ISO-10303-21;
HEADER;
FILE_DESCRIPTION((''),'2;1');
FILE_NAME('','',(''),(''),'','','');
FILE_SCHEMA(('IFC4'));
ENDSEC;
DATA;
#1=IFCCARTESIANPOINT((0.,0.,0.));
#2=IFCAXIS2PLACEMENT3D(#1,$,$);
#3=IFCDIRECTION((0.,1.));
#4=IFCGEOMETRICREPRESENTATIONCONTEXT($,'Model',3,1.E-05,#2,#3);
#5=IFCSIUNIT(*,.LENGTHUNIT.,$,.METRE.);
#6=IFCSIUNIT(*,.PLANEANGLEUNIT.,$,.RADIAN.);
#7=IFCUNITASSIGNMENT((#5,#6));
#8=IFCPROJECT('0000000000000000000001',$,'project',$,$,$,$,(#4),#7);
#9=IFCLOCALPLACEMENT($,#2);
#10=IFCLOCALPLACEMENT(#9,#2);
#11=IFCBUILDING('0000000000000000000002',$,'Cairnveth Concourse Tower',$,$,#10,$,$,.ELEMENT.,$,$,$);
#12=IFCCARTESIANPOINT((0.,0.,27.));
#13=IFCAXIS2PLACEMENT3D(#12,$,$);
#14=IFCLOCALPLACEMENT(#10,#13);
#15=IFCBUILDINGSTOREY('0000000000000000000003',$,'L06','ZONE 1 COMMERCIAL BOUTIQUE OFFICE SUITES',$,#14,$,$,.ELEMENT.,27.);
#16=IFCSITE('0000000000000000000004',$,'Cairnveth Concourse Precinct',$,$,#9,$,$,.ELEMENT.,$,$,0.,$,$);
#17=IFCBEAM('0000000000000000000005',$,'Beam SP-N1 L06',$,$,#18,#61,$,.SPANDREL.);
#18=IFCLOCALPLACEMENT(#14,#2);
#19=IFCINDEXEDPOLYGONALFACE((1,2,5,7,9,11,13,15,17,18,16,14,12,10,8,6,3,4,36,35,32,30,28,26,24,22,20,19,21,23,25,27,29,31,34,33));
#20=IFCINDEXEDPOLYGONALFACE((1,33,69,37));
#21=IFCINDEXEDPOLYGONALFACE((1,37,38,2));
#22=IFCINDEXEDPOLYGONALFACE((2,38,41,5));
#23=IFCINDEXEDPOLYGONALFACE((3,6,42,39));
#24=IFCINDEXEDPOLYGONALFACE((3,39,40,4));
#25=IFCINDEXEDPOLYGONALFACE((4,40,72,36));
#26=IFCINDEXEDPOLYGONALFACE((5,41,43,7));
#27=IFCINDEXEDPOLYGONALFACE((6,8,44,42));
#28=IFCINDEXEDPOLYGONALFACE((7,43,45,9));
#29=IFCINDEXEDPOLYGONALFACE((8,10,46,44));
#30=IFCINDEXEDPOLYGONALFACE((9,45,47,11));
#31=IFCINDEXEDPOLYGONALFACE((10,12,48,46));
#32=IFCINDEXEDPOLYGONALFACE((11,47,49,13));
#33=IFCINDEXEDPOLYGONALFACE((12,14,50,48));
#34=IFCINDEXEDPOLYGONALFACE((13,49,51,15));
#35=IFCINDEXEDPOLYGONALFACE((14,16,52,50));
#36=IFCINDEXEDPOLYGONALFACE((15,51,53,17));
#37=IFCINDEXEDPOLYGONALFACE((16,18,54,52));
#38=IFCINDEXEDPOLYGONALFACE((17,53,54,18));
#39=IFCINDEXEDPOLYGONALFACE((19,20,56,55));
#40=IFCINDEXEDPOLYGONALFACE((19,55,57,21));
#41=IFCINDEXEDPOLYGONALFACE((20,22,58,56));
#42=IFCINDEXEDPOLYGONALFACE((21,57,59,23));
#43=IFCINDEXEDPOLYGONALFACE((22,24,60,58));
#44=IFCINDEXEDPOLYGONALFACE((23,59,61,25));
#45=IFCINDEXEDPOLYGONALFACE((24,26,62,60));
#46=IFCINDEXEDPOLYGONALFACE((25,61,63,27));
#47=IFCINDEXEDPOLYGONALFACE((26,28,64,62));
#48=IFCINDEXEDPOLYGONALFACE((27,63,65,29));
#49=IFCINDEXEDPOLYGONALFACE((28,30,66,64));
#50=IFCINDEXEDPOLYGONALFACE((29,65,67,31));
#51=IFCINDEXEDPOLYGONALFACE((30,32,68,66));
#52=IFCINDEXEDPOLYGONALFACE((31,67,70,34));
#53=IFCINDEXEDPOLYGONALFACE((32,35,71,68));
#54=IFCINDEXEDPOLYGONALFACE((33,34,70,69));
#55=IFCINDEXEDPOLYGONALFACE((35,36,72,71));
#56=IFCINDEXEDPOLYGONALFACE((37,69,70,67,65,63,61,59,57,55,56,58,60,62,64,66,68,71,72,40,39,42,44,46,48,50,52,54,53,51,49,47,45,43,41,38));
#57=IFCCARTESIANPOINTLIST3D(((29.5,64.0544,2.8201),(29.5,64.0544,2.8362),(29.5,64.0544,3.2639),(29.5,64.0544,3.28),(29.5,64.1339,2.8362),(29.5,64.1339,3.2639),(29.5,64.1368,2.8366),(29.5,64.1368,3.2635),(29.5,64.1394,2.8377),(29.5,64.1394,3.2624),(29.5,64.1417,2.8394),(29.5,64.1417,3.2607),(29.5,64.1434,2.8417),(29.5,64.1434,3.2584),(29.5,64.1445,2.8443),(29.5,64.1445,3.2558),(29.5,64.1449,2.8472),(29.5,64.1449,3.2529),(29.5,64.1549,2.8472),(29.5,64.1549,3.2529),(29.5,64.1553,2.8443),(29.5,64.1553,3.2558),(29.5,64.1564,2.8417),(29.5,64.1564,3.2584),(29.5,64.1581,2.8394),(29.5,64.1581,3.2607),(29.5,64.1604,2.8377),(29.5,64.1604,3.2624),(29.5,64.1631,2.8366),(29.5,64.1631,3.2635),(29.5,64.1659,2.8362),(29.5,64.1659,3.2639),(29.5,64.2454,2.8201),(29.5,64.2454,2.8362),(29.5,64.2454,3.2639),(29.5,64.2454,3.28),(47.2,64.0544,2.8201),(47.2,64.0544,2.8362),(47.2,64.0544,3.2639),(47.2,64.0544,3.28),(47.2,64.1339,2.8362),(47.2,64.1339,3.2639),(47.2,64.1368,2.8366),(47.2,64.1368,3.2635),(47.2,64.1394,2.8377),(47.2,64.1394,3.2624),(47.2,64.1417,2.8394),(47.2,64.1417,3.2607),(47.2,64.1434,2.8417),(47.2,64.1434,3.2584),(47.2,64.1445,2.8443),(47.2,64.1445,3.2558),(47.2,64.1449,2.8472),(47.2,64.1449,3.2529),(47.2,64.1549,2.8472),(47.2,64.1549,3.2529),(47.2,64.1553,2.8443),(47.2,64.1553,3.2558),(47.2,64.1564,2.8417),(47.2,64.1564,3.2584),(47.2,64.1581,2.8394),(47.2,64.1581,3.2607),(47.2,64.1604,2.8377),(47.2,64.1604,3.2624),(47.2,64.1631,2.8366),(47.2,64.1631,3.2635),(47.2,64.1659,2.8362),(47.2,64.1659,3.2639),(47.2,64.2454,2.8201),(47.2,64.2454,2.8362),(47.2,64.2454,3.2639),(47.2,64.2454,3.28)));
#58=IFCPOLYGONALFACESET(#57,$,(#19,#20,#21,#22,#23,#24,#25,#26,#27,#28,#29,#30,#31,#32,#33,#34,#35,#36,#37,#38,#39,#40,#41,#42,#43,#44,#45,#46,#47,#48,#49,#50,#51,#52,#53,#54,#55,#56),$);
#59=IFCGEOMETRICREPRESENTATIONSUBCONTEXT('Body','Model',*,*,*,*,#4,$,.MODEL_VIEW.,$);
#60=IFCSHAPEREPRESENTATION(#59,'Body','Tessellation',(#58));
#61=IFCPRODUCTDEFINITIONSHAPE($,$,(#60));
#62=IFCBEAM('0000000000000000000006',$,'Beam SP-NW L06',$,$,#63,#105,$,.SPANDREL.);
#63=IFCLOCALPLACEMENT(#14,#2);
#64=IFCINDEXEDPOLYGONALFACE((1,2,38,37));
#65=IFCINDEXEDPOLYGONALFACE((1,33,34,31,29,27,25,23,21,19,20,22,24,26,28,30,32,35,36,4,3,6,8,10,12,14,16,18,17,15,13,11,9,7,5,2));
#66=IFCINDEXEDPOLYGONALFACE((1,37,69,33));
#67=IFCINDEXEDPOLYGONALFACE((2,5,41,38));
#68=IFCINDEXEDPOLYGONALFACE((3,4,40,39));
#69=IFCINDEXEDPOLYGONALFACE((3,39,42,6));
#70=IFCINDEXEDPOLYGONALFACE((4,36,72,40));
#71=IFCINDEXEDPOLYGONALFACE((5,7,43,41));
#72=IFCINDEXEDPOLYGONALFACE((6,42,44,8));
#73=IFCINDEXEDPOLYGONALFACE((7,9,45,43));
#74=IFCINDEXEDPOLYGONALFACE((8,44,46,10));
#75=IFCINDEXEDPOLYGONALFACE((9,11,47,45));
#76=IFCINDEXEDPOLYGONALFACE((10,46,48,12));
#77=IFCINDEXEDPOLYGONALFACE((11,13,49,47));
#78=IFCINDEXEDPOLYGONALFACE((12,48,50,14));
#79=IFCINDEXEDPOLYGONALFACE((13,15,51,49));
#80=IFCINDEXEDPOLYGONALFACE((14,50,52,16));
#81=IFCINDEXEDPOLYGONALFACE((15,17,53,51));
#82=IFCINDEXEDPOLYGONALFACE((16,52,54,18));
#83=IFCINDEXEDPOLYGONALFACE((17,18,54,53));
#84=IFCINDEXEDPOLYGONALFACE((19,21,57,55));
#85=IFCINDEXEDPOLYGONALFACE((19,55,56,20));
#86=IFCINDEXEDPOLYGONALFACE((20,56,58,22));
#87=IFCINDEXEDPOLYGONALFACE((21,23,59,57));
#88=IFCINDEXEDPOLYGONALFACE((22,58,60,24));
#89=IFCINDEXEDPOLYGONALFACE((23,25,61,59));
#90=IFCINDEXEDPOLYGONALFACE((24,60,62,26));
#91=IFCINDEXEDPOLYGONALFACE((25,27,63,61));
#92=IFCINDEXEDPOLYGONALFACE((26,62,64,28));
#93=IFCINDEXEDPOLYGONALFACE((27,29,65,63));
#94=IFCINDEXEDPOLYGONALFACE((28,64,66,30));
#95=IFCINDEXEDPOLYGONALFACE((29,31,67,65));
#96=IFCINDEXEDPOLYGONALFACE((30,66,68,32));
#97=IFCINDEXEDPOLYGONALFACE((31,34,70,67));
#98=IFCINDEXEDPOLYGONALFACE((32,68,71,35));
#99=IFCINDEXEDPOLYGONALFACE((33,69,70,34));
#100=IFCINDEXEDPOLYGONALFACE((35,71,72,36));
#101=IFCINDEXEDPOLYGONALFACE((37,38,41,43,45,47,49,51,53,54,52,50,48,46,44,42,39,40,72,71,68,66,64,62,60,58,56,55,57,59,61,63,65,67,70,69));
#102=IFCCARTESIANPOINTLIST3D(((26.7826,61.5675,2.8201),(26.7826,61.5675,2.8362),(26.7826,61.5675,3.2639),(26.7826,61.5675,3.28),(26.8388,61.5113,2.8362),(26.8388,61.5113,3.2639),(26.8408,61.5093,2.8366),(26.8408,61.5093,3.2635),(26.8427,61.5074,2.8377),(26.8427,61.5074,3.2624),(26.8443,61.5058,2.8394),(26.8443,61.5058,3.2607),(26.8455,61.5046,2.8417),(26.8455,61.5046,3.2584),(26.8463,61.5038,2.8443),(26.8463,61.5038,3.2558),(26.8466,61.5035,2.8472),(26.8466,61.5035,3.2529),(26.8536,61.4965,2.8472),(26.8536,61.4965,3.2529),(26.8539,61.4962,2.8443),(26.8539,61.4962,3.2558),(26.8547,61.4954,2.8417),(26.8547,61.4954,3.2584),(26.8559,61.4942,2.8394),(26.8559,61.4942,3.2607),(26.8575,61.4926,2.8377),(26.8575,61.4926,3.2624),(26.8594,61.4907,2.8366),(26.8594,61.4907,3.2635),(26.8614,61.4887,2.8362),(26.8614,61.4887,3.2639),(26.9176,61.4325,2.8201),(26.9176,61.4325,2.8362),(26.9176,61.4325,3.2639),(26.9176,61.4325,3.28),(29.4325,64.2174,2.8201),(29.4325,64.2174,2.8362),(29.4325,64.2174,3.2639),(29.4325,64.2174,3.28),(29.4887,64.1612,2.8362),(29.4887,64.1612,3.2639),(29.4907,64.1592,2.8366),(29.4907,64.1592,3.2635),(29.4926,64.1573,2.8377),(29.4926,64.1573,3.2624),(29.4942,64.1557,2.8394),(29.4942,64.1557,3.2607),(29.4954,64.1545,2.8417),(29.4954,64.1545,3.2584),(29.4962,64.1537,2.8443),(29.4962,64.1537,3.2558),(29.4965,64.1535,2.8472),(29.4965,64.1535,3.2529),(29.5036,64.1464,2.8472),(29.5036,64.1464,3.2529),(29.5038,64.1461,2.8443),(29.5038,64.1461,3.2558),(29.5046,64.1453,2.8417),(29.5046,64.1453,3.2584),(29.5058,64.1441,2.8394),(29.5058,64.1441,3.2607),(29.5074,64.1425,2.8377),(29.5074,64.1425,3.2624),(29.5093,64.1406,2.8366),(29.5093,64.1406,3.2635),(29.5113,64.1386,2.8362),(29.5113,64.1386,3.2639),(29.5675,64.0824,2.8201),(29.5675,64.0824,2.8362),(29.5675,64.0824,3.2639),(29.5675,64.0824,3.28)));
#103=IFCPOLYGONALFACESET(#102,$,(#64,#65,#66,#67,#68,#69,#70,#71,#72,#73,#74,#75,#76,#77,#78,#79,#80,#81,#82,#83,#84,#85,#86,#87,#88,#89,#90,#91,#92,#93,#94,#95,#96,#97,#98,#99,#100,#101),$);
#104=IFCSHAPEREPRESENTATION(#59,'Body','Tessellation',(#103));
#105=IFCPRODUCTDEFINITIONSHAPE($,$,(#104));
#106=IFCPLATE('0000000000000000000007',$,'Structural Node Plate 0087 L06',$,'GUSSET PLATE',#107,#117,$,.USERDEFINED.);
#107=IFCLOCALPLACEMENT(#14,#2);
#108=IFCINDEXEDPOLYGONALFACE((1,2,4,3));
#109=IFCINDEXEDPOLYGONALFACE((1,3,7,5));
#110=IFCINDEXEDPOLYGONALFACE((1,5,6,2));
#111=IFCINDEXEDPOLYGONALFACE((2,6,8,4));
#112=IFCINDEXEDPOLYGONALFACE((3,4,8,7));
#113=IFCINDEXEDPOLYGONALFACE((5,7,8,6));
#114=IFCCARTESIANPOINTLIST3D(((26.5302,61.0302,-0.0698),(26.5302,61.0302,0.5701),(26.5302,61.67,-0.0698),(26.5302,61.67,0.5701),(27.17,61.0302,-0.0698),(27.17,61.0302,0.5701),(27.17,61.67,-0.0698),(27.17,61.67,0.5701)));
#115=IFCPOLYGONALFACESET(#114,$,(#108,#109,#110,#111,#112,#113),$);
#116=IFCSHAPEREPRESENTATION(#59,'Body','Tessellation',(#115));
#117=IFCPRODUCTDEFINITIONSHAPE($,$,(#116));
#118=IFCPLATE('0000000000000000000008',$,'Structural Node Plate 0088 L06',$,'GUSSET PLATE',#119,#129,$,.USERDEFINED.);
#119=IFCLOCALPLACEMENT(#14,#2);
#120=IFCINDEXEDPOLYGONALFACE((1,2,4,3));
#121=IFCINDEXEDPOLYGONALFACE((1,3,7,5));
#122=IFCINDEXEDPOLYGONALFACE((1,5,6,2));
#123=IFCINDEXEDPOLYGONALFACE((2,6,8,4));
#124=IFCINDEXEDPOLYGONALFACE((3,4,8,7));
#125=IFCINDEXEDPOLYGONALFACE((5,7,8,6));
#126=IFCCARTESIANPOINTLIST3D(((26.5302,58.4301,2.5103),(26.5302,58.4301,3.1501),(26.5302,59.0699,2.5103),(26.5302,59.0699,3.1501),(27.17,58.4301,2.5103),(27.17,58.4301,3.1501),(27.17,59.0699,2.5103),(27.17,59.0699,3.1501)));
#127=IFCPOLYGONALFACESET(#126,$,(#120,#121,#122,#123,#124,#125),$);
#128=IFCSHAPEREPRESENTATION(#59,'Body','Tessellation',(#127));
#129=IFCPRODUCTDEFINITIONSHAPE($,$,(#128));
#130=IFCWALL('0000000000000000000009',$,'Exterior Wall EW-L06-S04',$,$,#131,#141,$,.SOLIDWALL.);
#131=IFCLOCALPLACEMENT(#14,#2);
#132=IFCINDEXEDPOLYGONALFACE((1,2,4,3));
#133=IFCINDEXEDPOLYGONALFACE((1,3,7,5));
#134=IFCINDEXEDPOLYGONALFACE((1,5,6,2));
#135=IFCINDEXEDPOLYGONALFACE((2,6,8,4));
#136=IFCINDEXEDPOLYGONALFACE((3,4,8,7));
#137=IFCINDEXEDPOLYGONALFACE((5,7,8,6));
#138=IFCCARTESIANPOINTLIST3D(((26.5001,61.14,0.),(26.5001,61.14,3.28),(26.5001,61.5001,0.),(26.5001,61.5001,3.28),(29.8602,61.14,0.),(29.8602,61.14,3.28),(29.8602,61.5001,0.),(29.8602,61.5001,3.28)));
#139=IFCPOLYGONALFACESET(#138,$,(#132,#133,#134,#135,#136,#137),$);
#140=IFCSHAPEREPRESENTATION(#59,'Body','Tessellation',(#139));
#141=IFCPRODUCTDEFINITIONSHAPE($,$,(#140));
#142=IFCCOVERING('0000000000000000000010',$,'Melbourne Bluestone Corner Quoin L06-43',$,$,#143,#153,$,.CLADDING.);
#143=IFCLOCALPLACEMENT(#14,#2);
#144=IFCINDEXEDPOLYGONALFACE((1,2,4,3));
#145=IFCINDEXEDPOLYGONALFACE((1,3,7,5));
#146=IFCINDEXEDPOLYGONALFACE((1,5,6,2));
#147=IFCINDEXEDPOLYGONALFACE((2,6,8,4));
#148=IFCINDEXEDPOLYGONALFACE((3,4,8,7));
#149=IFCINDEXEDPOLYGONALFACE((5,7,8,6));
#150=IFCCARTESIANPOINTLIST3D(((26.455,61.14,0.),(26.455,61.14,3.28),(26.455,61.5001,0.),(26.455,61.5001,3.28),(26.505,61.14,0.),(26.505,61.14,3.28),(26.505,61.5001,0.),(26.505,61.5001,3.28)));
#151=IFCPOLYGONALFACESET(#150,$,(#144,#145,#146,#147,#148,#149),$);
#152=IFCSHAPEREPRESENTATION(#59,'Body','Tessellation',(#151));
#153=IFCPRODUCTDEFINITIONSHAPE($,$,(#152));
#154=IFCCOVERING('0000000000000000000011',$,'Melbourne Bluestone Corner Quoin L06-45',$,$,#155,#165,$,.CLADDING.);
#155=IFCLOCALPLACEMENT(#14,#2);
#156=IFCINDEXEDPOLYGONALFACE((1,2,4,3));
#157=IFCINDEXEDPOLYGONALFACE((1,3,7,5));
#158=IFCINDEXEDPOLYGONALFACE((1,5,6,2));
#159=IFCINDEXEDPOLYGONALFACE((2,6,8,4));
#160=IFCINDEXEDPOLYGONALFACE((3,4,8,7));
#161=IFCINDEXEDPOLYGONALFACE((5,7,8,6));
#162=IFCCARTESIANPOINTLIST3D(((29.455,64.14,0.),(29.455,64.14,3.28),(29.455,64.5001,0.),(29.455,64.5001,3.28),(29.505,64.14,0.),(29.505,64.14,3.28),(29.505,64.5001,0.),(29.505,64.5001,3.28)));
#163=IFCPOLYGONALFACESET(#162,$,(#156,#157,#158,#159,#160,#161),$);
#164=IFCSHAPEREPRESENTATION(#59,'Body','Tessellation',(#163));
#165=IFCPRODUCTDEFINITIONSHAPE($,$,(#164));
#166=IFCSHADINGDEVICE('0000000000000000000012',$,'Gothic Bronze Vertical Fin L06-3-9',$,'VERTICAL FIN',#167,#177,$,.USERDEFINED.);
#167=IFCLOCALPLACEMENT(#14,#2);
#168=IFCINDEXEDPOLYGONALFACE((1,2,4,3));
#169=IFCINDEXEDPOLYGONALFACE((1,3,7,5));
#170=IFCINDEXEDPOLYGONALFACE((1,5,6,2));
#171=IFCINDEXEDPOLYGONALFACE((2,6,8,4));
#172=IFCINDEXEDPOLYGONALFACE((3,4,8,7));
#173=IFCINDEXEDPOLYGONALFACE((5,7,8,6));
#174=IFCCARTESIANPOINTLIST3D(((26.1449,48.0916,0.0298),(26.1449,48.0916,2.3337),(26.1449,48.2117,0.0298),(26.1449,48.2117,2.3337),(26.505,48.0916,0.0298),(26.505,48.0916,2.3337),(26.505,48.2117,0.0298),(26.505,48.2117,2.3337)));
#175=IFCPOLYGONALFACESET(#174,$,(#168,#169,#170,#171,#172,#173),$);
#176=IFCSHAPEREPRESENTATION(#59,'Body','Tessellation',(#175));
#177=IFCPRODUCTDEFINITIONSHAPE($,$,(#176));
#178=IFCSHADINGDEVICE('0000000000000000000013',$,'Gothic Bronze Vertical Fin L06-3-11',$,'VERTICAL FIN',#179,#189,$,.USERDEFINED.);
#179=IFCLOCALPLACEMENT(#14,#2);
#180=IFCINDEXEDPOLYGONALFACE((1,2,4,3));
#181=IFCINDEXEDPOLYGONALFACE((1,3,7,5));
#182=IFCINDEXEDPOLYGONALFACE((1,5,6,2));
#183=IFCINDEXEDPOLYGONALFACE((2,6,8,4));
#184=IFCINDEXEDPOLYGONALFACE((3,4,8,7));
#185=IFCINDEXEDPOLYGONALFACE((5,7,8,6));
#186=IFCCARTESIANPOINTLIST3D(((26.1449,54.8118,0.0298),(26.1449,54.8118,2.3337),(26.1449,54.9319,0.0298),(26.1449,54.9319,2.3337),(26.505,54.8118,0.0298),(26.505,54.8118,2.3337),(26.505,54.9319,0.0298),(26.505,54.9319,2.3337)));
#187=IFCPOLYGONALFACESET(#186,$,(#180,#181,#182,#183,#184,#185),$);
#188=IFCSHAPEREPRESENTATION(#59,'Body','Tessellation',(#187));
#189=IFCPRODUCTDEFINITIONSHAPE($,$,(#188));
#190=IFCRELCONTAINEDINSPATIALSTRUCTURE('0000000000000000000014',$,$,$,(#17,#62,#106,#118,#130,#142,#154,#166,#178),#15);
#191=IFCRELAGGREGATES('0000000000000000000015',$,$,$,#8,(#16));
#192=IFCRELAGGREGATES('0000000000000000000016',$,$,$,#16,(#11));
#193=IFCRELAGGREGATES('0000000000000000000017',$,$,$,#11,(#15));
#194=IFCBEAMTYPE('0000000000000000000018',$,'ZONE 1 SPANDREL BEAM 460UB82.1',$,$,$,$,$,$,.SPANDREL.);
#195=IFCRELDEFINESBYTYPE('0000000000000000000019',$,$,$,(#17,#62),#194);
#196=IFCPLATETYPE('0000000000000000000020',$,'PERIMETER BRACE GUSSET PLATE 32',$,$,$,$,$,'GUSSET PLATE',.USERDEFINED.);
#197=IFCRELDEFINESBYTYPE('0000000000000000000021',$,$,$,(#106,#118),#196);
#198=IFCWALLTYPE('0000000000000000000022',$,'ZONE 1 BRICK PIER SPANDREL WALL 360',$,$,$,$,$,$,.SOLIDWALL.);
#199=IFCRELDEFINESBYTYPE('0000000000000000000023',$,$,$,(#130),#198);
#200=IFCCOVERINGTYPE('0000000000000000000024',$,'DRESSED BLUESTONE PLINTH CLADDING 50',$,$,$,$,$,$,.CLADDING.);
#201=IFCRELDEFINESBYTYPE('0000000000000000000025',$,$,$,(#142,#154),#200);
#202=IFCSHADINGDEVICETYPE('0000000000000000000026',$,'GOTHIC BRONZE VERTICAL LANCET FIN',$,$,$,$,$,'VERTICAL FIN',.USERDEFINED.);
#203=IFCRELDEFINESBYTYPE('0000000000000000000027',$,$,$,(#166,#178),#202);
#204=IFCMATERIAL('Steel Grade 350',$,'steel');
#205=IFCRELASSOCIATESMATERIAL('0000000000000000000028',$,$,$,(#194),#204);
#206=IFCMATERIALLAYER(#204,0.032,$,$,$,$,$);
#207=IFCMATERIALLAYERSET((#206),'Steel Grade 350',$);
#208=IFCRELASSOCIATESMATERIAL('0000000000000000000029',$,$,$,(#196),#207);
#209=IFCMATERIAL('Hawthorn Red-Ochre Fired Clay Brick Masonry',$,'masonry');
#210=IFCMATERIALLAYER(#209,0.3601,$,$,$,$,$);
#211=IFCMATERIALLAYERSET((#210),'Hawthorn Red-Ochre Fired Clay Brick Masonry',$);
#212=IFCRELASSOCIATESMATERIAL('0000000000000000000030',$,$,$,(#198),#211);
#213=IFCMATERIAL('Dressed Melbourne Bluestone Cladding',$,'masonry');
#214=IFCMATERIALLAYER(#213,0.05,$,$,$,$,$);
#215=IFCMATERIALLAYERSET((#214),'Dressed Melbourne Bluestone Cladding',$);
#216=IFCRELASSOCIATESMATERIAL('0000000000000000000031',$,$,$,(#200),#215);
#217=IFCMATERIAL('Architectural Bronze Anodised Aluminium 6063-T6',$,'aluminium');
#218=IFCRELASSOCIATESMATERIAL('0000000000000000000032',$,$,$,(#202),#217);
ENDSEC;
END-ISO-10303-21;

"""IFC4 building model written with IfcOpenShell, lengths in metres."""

from ifc_helpers import new_model, si_unit, direction, frame, frame_2d, origin, origin_2d, place, context, subcontext, project, spatial, rectangle, i_section, extrude, material, layer, layer_set, material_profile, profile_set, type_object, element, save


model = new_model("IFC4")

# Units and contexts
model_context = context("Model", 3, precision=1e-05, world=origin(), true_north=direction((0.0, 1.0)))
body_context = subcontext(model_context, "Body", "Model", "MODEL_VIEW")
ifc_project = project(units=[si_unit("LENGTHUNIT", "METRE"), si_unit("PLANEANGLEUNIT", "RADIAN")], contexts=[model_context])

# Site, building, storey
site_placement = place(None, origin())
site = spatial("IfcSite", under=ifc_project, at=site_placement, Name="Cairnveth Concourse Precinct", CompositionType="ELEMENT", RefElevation=0.0)
building_placement = place(site_placement, origin())
building = spatial("IfcBuilding", under=site, at=building_placement, Name="Cairnveth Concourse Tower", CompositionType="ELEMENT")
storey_placement = place(building_placement, frame((0.0, 0.0, 27.0)))
storey = spatial("IfcBuildingStorey", under=building, at=storey_placement, Name="L06", Description="ZONE 1 COMMERCIAL BOUTIQUE OFFICE SUITES", CompositionType="ELEMENT", Elevation=27.0)

# Shared definitions
ifc_material_1 = material(Name="Steel Grade 350", Category="steel")

# Beams
ifc_material_profile_1 = material_profile(ifc_material_1, i_section(OverallWidth=0.1909, OverallDepth=0.46, WebThickness=0.01, FlangeThickness=0.0161, FilletRadius=0.011, at=origin_2d()), Name="460UB82.1")
ifc_profile_set_1 = profile_set([ifc_material_profile_1], Name="Steel Grade 350")
beam_type_1 = type_object("IfcBeamType", Name="ZONE 1 SPANDREL BEAM 460UB82.1", PredefinedType="SPANDREL", material=ifc_profile_set_1)
beam_1_placement = place(storey_placement, frame((29.5, 64.1499, 3.05), z_axis=(1.0, 0.0, 0.0), x_axis=(0.0, 1.0, 0.0)))
element("IfcBeam", 1, at=beam_1_placement, inside=storey, type_object=beam_type_1, Name="Beam SP-N1 L06", PredefinedType="SPANDREL", context=body_context, shape_type="SweptSolid", body=[
    extrude(i_section(OverallWidth=0.1909, OverallDepth=0.46, WebThickness=0.01, FlangeThickness=0.0161, FilletRadius=0.011, at=origin_2d()), origin(), (0.0, 0.0, 1.0), 17.7),
])
beam_2_placement = place(storey_placement, frame((26.8501, 61.5, 3.05), z_axis=(0.707107, 0.707107, 0.0), x_axis=(-0.707107, 0.707107, 0.0)))
element("IfcBeam", 2, at=beam_2_placement, inside=storey, type_object=beam_type_1, Name="Beam SP-NW L06", PredefinedType="SPANDREL", context=body_context, shape_type="SweptSolid", body=[
    extrude(i_section(OverallWidth=0.1909, OverallDepth=0.46, WebThickness=0.01, FlangeThickness=0.0161, FilletRadius=0.011, at=origin_2d()), origin(), (0.0, 0.0, 1.0), 3.7476),
])

# Plates
ifc_layer_1 = layer(ifc_material_1, 0.032)
ifc_layer_set_1 = layer_set([ifc_layer_1], Name="Steel Grade 350")
plate_type = type_object("IfcPlateType", Name="PERIMETER BRACE GUSSET PLATE 32", ElementType="GUSSET PLATE", PredefinedType="USERDEFINED", material=ifc_layer_set_1)
for number, where, z_axis, x_axis, name in (
    (3, (26.8501, 61.3501, -0.0698), (0.0, 0.0, 1.0), (1.0, 0.0, 0.0), "Structural Node Plate 0087 L06"),
    (4, (26.8501, 58.75, 2.5103), (0.0, 0.0, 1.0), (1.0, 0.0, 0.0), "Structural Node Plate 0088 L06"),
):
    element("IfcPlate", number, at=place(storey_placement, frame(where, z_axis=z_axis, x_axis=x_axis)), inside=storey, type_object=plate_type, Name=name, ObjectType="GUSSET PLATE", PredefinedType="USERDEFINED", context=body_context, shape_type="SweptSolid", body=[
        extrude(rectangle(XDim=0.6399, YDim=0.6399, at=origin_2d()), origin(), (0.0, 0.0, 1.0), 0.6399),
    ])

# Wall
ifc_material_2 = material(Name="Hawthorn Red-Ochre Fired Clay Brick Masonry", Category="masonry")
ifc_layer_2 = layer(ifc_material_2, 0.3601)
ifc_layer_set_2 = layer_set([ifc_layer_2], Name="Hawthorn Red-Ochre Fired Clay Brick Masonry")
wall_type = type_object("IfcWallType", Name="ZONE 1 BRICK PIER SPANDREL WALL 360", PredefinedType="SOLIDWALL", material=ifc_layer_set_2)
wall_placement = place(storey_placement, frame((26.5, 61.3201, 0.0), z_axis=(0.0, 0.0, 1.0), x_axis=(1.0, 0.0, 0.0)))
element("IfcWall", 5, at=wall_placement, inside=storey, type_object=wall_type, Name="Exterior Wall EW-L06-S04", PredefinedType="SOLIDWALL", context=body_context, shape_type="SweptSolid", body=[
    extrude(rectangle(XDim=3.3601, YDim=0.3601, at=frame_2d((1.6802, 0.0))), origin(), (0.0, 0.0, 1.0), 3.28),
])

# Coverings
ifc_material_3 = material(Name="Dressed Melbourne Bluestone Cladding", Category="masonry")
ifc_layer_3 = layer(ifc_material_3, 0.05)
ifc_layer_set_3 = layer_set([ifc_layer_3], Name="Dressed Melbourne Bluestone Cladding")
covering_type = type_object("IfcCoveringType", Name="DRESSED BLUESTONE PLINTH CLADDING 50", PredefinedType="CLADDING", material=ifc_layer_set_3)
for number, where, z_axis, x_axis, name in (
    (6, (26.48, 61.1399, 0.0), (0.0, 0.0, 1.0), (0.0, 1.0, 0.0), "Melbourne Bluestone Corner Quoin L06-43"),
    (7, (29.48, 64.1399, 0.0), (0.0, 0.0, 1.0), (0.0, 1.0, 0.0), "Melbourne Bluestone Corner Quoin L06-45"),
):
    element("IfcCovering", number, at=place(storey_placement, frame(where, z_axis=z_axis, x_axis=x_axis)), inside=storey, type_object=covering_type, Name=name, PredefinedType="CLADDING", context=body_context, shape_type="SweptSolid", body=[
        extrude(rectangle(XDim=0.3601, YDim=0.05, at=frame_2d((0.1802, 0.0))), origin(), (0.0, 0.0, 1.0), 3.28),
    ])

# Shading devices
ifc_material_4 = material(Name="Architectural Bronze Anodised Aluminium 6063-T6", Category="aluminium")
shading_device_type = type_object("IfcShadingDeviceType", Name="GOTHIC BRONZE VERTICAL LANCET FIN", ElementType="VERTICAL FIN", PredefinedType="USERDEFINED", material=ifc_material_4)
for number, where, z_axis, x_axis, name in (
    (8, (26.325, 48.1516, 0.0298), (0.0, 0.0, 1.0), (0.0, 1.0, 0.0), "Gothic Bronze Vertical Fin L06-3-9"),
    (9, (26.325, 54.8718, 0.0298), (0.0, 0.0, 1.0), (0.0, 1.0, 0.0), "Gothic Bronze Vertical Fin L06-3-11"),
):
    element("IfcShadingDevice", number, at=place(storey_placement, frame(where, z_axis=z_axis, x_axis=x_axis)), inside=storey, type_object=shading_device_type, Name=name, ObjectType="VERTICAL FIN", PredefinedType="USERDEFINED", context=body_context, shape_type="SweptSolid", body=[
        extrude(rectangle(XDim=0.1201, YDim=0.3601, at=origin_2d()), origin(), (0.0, 0.0, 1.0), 2.304),
    ])

save(model, "model.ifc")
